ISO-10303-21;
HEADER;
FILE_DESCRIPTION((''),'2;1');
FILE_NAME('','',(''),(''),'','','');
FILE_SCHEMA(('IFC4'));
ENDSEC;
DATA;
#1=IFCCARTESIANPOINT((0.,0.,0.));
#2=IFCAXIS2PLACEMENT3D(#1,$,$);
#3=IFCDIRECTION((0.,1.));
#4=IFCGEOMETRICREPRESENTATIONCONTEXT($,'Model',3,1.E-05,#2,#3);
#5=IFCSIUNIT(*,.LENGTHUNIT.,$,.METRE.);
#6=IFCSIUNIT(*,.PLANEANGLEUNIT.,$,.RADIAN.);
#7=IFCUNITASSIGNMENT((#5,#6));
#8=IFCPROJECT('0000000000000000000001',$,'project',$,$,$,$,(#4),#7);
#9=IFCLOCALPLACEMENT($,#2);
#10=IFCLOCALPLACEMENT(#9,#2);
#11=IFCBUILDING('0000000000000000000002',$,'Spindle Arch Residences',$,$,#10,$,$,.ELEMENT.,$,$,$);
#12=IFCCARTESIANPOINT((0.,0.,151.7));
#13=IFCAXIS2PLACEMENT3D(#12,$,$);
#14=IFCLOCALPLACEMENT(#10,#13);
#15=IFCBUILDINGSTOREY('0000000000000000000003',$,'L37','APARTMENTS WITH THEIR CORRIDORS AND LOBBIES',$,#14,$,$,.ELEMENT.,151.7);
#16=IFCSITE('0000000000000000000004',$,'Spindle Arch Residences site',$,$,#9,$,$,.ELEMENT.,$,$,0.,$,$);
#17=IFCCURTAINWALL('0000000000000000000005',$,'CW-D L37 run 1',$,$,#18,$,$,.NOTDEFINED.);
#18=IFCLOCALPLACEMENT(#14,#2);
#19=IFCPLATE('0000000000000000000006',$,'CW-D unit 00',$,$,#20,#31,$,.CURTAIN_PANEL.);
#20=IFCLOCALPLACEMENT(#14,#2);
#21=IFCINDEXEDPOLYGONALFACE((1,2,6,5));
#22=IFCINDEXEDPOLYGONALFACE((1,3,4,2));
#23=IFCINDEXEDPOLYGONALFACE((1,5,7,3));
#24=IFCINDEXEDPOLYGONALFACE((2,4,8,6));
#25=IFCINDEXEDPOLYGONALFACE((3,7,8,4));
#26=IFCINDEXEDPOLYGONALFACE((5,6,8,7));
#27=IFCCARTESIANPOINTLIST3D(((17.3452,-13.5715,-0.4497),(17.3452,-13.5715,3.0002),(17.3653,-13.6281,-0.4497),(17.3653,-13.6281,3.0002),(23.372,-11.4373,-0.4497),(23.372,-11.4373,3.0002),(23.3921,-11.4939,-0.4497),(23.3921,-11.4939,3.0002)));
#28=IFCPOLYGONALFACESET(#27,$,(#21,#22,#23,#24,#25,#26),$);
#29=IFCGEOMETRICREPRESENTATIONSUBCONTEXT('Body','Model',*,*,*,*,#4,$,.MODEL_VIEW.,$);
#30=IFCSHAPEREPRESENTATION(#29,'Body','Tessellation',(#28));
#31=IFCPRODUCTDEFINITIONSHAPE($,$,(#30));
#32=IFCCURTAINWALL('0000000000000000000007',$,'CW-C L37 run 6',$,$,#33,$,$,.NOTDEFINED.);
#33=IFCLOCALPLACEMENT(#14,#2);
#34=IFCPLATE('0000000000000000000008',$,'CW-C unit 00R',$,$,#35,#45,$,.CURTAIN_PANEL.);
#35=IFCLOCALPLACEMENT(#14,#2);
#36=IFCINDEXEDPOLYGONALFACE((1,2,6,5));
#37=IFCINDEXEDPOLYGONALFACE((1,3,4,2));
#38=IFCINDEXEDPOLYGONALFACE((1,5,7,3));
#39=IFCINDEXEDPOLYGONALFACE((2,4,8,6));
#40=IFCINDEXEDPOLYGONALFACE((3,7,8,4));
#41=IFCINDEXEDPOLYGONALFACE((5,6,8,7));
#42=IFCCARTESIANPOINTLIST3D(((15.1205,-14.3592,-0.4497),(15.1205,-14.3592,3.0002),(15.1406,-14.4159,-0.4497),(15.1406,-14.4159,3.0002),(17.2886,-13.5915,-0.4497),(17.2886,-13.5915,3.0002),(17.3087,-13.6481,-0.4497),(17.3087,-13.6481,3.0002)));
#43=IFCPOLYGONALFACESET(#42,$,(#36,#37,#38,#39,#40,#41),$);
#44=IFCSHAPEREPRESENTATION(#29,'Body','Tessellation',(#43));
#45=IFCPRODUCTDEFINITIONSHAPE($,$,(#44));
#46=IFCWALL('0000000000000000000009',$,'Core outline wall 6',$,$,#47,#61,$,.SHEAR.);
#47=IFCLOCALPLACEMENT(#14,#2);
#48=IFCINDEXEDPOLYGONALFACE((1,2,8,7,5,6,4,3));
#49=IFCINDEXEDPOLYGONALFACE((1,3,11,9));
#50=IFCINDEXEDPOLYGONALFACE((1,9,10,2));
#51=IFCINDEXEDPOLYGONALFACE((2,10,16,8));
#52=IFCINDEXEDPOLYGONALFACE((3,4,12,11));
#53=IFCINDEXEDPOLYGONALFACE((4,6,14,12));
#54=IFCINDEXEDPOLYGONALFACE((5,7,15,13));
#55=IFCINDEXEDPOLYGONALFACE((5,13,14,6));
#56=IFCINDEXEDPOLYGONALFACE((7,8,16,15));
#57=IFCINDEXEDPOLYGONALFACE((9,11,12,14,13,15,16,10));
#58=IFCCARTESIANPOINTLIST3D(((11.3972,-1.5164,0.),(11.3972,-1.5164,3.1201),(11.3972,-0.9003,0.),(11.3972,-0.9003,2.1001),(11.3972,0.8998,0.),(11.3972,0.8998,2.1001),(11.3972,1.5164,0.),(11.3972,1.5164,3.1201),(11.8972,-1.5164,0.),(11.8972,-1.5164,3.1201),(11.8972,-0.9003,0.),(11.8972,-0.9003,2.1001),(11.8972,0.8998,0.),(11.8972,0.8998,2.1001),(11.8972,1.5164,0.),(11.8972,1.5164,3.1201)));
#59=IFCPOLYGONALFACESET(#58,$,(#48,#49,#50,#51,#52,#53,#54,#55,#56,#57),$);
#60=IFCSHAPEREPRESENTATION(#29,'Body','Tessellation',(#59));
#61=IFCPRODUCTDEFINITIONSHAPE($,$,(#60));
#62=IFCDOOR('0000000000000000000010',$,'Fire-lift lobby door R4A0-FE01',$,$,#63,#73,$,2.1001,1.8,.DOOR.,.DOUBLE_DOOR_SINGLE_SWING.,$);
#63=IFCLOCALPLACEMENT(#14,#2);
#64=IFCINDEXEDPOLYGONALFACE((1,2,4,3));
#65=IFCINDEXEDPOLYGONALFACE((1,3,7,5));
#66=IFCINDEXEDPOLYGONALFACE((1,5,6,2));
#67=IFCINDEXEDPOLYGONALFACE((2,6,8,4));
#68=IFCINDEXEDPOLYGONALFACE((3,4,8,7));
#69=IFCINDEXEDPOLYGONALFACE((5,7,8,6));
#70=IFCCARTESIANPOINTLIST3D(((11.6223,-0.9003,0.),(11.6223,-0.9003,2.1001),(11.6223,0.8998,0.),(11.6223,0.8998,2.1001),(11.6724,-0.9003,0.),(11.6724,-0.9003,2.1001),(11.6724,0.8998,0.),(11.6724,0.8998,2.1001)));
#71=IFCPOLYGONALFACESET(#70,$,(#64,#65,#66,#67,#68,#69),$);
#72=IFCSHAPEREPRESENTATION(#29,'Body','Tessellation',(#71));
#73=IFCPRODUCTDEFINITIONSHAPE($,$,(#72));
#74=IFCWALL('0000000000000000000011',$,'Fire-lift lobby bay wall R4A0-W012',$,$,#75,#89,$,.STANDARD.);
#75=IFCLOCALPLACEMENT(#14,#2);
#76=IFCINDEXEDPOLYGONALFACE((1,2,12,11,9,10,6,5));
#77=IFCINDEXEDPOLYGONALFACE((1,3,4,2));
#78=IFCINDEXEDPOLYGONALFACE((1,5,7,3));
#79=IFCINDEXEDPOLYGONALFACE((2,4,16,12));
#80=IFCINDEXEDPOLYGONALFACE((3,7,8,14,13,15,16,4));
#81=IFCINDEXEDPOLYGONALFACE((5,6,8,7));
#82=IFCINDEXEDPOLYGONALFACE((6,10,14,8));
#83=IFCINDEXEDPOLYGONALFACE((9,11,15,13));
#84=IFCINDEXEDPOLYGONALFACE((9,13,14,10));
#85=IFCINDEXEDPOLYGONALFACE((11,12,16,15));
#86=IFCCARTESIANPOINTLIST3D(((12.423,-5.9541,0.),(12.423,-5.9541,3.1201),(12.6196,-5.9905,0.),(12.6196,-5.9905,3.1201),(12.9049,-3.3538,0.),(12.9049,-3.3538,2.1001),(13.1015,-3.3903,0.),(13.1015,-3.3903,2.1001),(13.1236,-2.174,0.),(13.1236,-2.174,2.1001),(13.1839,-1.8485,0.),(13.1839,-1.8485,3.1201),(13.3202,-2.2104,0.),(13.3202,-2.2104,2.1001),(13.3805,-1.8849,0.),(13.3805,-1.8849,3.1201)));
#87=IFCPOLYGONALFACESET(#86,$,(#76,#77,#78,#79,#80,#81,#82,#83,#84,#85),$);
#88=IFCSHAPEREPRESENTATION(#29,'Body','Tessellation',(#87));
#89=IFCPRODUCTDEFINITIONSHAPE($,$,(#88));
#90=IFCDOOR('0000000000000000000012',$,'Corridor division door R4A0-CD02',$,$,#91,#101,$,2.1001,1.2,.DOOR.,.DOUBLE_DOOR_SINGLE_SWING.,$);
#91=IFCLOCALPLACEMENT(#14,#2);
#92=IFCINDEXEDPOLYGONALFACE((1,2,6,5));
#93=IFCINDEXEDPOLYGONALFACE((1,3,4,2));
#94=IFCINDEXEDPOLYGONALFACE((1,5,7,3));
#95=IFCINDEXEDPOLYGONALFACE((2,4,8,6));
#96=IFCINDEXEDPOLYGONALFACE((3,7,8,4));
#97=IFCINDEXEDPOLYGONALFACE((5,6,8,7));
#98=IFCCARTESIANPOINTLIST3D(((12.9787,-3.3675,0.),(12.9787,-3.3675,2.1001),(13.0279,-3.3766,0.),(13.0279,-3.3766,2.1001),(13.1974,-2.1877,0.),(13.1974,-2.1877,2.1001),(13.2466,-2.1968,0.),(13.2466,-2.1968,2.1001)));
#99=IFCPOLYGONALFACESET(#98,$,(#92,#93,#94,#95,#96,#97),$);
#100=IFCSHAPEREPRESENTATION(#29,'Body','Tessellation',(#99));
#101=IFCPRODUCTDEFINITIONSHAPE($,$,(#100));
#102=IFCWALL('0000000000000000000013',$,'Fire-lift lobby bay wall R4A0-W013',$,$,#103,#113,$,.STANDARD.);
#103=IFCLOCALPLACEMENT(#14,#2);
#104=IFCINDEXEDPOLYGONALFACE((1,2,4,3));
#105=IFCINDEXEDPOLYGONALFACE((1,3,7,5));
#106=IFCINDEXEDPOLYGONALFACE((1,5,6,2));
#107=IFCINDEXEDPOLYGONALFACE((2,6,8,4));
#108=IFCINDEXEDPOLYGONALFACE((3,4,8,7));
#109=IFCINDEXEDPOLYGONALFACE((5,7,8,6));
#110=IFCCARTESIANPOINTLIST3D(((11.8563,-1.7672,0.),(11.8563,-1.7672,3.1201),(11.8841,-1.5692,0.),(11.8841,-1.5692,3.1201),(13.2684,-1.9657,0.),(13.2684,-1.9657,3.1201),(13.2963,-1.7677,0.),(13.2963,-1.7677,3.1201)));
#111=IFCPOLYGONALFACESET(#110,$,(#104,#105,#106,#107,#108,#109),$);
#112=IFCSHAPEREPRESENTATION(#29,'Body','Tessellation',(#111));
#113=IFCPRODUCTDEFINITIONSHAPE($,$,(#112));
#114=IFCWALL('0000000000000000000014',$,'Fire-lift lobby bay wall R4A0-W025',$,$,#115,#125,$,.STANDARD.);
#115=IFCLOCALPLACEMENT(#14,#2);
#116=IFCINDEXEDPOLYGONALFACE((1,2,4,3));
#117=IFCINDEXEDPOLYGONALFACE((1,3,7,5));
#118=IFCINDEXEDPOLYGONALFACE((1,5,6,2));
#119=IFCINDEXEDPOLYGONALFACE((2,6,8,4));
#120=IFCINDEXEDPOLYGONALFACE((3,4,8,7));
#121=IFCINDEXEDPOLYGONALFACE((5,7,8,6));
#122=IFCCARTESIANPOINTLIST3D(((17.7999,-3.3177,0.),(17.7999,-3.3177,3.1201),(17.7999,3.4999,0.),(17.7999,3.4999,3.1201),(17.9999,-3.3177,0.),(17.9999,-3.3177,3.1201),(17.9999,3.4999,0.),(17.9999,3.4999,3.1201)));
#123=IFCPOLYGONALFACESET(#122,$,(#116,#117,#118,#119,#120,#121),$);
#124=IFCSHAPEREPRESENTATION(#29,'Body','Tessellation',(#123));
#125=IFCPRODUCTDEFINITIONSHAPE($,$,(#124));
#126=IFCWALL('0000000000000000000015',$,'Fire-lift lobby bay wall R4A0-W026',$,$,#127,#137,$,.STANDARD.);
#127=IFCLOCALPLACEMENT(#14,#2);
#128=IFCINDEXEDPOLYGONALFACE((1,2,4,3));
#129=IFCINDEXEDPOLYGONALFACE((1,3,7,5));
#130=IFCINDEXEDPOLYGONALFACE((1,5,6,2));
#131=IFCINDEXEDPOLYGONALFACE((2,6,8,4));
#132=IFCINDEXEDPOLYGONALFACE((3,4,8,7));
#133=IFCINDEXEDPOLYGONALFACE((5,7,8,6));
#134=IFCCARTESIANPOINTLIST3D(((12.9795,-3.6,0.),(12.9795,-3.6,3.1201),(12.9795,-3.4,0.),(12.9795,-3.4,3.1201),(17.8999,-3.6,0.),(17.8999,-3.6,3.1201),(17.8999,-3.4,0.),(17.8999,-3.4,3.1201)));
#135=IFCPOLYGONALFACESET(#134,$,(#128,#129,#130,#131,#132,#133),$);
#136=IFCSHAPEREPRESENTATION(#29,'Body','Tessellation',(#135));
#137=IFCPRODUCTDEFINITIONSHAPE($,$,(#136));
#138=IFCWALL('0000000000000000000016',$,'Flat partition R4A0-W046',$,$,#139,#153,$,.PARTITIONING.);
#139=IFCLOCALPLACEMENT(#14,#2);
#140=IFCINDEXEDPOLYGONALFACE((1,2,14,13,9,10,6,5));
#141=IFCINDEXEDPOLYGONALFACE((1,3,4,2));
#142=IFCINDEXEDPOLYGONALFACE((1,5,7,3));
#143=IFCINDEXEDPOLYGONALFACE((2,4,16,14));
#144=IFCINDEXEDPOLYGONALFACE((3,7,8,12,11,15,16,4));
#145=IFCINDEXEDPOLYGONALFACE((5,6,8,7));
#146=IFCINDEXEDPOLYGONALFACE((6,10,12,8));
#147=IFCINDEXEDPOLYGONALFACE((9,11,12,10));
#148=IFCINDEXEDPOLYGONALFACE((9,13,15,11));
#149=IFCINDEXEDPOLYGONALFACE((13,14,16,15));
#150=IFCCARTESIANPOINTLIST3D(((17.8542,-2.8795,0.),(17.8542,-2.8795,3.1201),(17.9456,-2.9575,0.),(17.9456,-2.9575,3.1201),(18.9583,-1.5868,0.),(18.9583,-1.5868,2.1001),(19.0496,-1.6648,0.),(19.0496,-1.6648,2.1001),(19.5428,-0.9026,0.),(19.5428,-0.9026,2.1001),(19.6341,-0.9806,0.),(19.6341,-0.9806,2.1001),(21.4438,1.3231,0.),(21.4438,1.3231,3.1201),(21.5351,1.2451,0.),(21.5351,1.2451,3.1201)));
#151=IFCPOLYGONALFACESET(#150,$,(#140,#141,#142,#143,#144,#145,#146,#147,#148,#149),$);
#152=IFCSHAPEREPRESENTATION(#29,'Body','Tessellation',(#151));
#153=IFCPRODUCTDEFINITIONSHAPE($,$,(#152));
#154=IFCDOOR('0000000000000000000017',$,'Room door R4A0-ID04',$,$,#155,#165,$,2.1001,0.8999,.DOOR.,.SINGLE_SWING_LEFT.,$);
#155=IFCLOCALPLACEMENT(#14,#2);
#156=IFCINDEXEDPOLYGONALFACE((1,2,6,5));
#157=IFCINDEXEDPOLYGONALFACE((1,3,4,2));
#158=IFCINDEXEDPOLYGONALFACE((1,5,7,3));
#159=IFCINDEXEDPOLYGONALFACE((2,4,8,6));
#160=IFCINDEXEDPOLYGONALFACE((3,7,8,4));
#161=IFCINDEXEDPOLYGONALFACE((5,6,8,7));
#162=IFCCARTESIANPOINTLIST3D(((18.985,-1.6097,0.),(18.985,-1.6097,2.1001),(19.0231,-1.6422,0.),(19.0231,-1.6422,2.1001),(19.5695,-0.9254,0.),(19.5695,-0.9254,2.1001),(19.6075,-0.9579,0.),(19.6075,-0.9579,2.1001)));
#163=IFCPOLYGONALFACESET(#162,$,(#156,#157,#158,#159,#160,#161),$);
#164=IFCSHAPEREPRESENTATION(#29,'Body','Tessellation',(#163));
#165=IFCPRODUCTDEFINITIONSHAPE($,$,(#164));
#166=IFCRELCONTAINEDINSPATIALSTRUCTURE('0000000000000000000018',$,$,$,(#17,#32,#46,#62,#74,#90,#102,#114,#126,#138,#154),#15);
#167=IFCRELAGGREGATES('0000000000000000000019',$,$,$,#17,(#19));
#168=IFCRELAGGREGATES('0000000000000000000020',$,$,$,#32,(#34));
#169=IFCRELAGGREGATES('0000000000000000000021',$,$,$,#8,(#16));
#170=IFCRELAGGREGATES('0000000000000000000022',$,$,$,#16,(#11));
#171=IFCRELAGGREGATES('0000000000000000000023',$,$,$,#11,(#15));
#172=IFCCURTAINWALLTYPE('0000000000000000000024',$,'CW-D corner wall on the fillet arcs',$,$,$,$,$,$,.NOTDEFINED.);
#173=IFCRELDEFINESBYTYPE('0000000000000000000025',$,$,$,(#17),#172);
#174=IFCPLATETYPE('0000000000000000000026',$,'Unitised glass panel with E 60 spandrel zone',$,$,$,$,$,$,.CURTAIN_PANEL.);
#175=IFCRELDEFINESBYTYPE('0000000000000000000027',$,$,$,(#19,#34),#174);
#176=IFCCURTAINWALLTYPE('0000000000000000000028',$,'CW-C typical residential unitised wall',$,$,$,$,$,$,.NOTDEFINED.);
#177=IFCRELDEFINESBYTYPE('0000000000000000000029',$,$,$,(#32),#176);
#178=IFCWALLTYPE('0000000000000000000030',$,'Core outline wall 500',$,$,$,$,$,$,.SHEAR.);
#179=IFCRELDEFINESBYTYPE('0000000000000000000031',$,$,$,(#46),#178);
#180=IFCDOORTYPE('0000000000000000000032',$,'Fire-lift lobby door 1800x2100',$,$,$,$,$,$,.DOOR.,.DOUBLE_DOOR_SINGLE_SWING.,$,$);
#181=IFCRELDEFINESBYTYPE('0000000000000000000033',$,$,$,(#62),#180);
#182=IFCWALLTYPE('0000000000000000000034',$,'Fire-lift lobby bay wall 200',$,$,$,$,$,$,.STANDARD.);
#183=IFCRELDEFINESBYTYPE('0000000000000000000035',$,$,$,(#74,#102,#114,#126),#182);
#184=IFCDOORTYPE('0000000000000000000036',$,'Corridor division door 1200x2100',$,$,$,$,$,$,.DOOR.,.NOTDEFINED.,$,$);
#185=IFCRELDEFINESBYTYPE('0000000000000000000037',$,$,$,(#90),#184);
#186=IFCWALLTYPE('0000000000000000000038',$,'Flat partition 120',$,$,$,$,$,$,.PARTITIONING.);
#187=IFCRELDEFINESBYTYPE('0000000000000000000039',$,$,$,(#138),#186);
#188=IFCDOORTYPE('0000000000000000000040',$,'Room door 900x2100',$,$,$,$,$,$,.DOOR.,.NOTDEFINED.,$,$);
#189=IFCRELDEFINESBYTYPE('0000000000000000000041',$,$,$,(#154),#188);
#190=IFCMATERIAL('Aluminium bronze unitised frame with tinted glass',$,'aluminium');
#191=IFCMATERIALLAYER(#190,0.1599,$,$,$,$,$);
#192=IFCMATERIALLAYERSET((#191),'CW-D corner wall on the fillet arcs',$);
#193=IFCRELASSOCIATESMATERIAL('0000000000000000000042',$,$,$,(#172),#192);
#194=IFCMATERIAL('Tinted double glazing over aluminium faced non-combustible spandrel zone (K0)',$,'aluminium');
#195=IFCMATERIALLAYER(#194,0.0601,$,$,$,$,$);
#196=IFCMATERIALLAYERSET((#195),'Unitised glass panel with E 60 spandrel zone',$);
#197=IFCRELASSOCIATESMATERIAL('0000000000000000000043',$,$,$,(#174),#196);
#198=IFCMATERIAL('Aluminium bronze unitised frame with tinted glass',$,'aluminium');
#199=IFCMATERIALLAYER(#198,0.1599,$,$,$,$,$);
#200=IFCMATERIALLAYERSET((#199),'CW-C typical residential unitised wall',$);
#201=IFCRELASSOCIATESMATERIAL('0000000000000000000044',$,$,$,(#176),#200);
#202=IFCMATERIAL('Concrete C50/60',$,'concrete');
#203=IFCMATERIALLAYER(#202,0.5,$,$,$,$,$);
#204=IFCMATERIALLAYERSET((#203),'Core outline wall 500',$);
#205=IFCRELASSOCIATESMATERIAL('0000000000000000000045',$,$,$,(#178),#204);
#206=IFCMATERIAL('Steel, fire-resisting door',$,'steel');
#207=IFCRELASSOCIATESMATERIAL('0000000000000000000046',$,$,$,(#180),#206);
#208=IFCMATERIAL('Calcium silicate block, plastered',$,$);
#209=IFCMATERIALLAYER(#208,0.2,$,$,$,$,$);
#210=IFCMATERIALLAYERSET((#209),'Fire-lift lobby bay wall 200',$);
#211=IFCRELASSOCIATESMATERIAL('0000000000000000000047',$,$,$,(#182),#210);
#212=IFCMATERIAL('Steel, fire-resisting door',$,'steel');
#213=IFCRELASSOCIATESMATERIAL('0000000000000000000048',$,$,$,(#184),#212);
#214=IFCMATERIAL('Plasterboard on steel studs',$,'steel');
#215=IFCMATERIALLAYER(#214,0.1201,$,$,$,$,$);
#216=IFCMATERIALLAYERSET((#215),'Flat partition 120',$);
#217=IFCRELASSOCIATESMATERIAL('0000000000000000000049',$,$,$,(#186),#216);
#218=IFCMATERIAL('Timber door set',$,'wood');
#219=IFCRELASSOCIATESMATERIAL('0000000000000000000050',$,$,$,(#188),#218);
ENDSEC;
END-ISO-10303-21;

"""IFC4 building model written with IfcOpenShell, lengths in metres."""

from ifc_helpers import new_model, si_unit, direction, frame, frame_2d, origin, origin_2d, place, context, subcontext, project, spatial, rectangle, extrude, material, layer, layer_set, type_object, element, fill, aggregate, save


model = new_model("IFC4")

# Units and contexts
model_context = context("Model", 3, precision=1e-05, world=origin(), true_north=direction((0.0, 1.0)))
body_context = subcontext(model_context, "Body", "Model", "MODEL_VIEW")
ifc_project = project(units=[si_unit("LENGTHUNIT", "METRE"), si_unit("PLANEANGLEUNIT", "RADIAN")], contexts=[model_context])

# Site, building, storey
site_placement = place(None, origin())
site = spatial("IfcSite", under=ifc_project, at=site_placement, Name="Spindle Arch Residences site", CompositionType="ELEMENT", RefElevation=0.0)
building_placement = place(site_placement, origin())
building = spatial("IfcBuilding", under=site, at=building_placement, Name="Spindle Arch Residences", CompositionType="ELEMENT")
storey_placement = place(building_placement, frame((0.0, 0.0, 151.7)))
storey = spatial("IfcBuildingStorey", under=building, at=storey_placement, Name="L37", Description="APARTMENTS WITH THEIR CORRIDORS AND LOBBIES", CompositionType="ELEMENT", Elevation=151.7)

# Curtain wall, plate
ifc_material_1 = material(Name="Aluminium bronze unitised frame with tinted glass", Category="aluminium")
ifc_layer_1 = layer(ifc_material_1, 0.1599)
ifc_layer_set_1 = layer_set([ifc_layer_1], Name="CW-D corner wall on the fillet arcs")
curtain_wall_type_1 = type_object("IfcCurtainWallType", Name="CW-D corner wall on the fillet arcs", PredefinedType="NOTDEFINED", material=ifc_layer_set_1)
curtain_wall_1_placement = place(storey_placement, origin())
curtain_wall_1 = element("IfcCurtainWall", 1, at=curtain_wall_1_placement, inside=storey, type_object=curtain_wall_type_1, Name="CW-D L37 run 1", PredefinedType="NOTDEFINED")
ifc_material_2 = material(Name="Tinted double glazing over aluminium faced non-combustible spandrel zone (K0)", Category="aluminium")
ifc_layer_2 = layer(ifc_material_2, 0.0601)
ifc_layer_set_2 = layer_set([ifc_layer_2], Name="Unitised glass panel with E 60 spandrel zone")
plate_type = type_object("IfcPlateType", Name="Unitised glass panel with E 60 spandrel zone", PredefinedType="CURTAIN_PANEL", material=ifc_layer_set_2)
plate_1_placement = place(storey_placement, frame((20.3687, -12.5327, -0.4497), z_axis=(0.0, 0.0, 1.0), x_axis=(0.942641, 0.333807, 0.0)))
plate_1 = element("IfcPlate", 2, at=plate_1_placement, type_object=plate_type, Name="CW-D unit 00", PredefinedType="CURTAIN_PANEL", context=body_context, shape_type="SweptSolid", body=[
    extrude(rectangle(XDim=6.3936, YDim=0.0601, at=origin_2d()), origin(), (0.0, 0.0, 1.0), 3.45),
])
aggregate(curtain_wall_1, [plate_1])

# Curtain wall, plate
ifc_material_3 = material(Name="Aluminium bronze unitised frame with tinted glass", Category="aluminium")
ifc_layer_3 = layer(ifc_material_3, 0.1599)
ifc_layer_set_3 = layer_set([ifc_layer_3], Name="CW-C typical residential unitised wall")
curtain_wall_type_2 = type_object("IfcCurtainWallType", Name="CW-C typical residential unitised wall", PredefinedType="NOTDEFINED", material=ifc_layer_set_3)
curtain_wall_2_placement = place(storey_placement, origin())
curtain_wall_2 = element("IfcCurtainWall", 3, at=curtain_wall_2_placement, inside=storey, type_object=curtain_wall_type_2, Name="CW-C L37 run 6", PredefinedType="NOTDEFINED")
plate_2_placement = place(storey_placement, frame((16.2146, -14.0037, -0.4497), z_axis=(0.0, 0.0, 1.0), x_axis=(0.942641, 0.333807, 0.0)))
plate_2 = element("IfcPlate", 4, at=plate_2_placement, type_object=plate_type, Name="CW-C unit 00R", PredefinedType="CURTAIN_PANEL", context=body_context, shape_type="SweptSolid", body=[
    extrude(rectangle(XDim=2.3, YDim=0.0601, at=origin_2d()), origin(), (0.0, 0.0, 1.0), 3.45),
])
aggregate(curtain_wall_2, [plate_2])

# Walls, openings, doors
ifc_material_4 = material(Name="Concrete C50/60", Category="concrete")
ifc_layer_4 = layer(ifc_material_4, 0.5)
ifc_layer_set_4 = layer_set([ifc_layer_4], Name="Core outline wall 500")
wall_type_1 = type_object("IfcWallType", Name="Core outline wall 500", PredefinedType="SHEAR", material=ifc_layer_set_4)
wall_1_placement = place(storey_placement, frame((11.6472, -1.5164, 0.0), z_axis=(0.0, 0.0, 1.0), x_axis=(0.0, 1.0, 0.0)))
wall_1 = element("IfcWall", 5, at=wall_1_placement, inside=storey, type_object=wall_type_1, Name="Core outline wall 6", PredefinedType="SHEAR", context=body_context, shape_type="SweptSolid", body=[
    extrude(rectangle(XDim=3.0327, YDim=0.5, at=frame_2d((1.5164, 0.0))), origin(), (0.0, 0.0, 1.0), 3.1201),
])
opening_1_placement = place(wall_1_placement, frame((0.6162, 0.0, 0.0)))
opening_1 = element("IfcOpeningElement", 6, at=opening_1_placement, cuts=wall_1, PredefinedType="OPENING", context=body_context, shape_type="SweptSolid", body=[
    extrude(rectangle(XDim=1.8, YDim=2.1001, at=frame_2d((0.8999, 1.05))), frame((0.0, 0.26, 0.0), z_axis=(0.0, -1.0, 0.0), x_axis=(1.0, 0.0, 0.0)), (0.0, 0.0, 1.0), 0.52),
])
ifc_material_5 = material(Name="Steel, fire-resisting door", Category="steel")
door_type_1 = type_object("IfcDoorType", Name="Fire-lift lobby door 1800x2100", OperationType="DOUBLE_DOOR_SINGLE_SWING", PredefinedType="DOOR", material=ifc_material_5)
door_1_placement = place(opening_1_placement, origin())
door_1 = element("IfcDoor", 7, at=door_1_placement, inside=storey, type_object=door_type_1, Name="Fire-lift lobby door R4A0-FE01", OperationType="DOUBLE_DOOR_SINGLE_SWING", OverallHeight=2.1001, OverallWidth=1.8, PredefinedType="DOOR", context=body_context, shape_type="SweptSolid", body=[
    extrude(rectangle(XDim=1.8, YDim=2.1001, at=frame_2d((0.8999, 1.05))), frame((0.0, 0.0249, 0.0), z_axis=(0.0, -1.0, 0.0), x_axis=(1.0, 0.0, 0.0)), (0.0, 0.0, 1.0), 0.05),
])
fill(opening_1, door_1)
ifc_material_6 = material(Name="Calcium silicate block, plastered")
ifc_layer_5 = layer(ifc_material_6, 0.2)
ifc_layer_set_5 = layer_set([ifc_layer_5], Name="Fire-lift lobby bay wall 200")
wall_type_2 = type_object("IfcWallType", Name="Fire-lift lobby bay wall 200", PredefinedType="STANDARD", material=ifc_layer_set_5)
wall_2_placement = place(storey_placement, frame((12.5212, -5.9724, 0.0), z_axis=(0.0, 0.0, 1.0), x_axis=(0.182244, 0.983253, 0.0)))
wall_2 = element("IfcWall", 8, at=wall_2_placement, inside=storey, type_object=wall_type_2, Name="Fire-lift lobby bay wall R4A0-W012", PredefinedType="STANDARD", context=body_context, shape_type="SweptSolid", body=[
    extrude(rectangle(XDim=4.1755, YDim=0.2, at=frame_2d((2.0879, 0.0))), origin(), (0.0, 0.0, 1.0), 3.1201),
])
opening_2_placement = place(wall_2_placement, frame((2.6445, 0.0, 0.0)))
opening_2 = element("IfcOpeningElement", 9, at=opening_2_placement, cuts=wall_2, PredefinedType="OPENING", context=body_context, shape_type="SweptSolid", body=[
    extrude(rectangle(XDim=1.2, YDim=2.1001, at=frame_2d((0.6001, 1.05))), frame((0.0, 0.1099, 0.0), z_axis=(0.0, -1.0, 0.0), x_axis=(1.0, 0.0, 0.0)), (0.0, 0.0, 1.0), 0.22),
])
ifc_material_7 = material(Name="Steel, fire-resisting door", Category="steel")
door_type_2 = type_object("IfcDoorType", Name="Corridor division door 1200x2100", OperationType="NOTDEFINED", PredefinedType="DOOR", material=ifc_material_7)
door_2_placement = place(opening_2_placement, origin())
door_2 = element("IfcDoor", 10, at=door_2_placement, inside=storey, type_object=door_type_2, Name="Corridor division door R4A0-CD02", OperationType="DOUBLE_DOOR_SINGLE_SWING", OverallHeight=2.1001, OverallWidth=1.2, PredefinedType="DOOR", context=body_context, shape_type="SweptSolid", body=[
    extrude(rectangle(XDim=1.2, YDim=2.1001, at=frame_2d((0.6001, 1.05))), frame((0.0, 0.0249, 0.0), z_axis=(0.0, -1.0, 0.0), x_axis=(1.0, 0.0, 0.0)), (0.0, 0.0, 1.0), 0.05),
])
fill(opening_2, door_2)

# Walls
wall_3_placement = place(storey_placement, frame((13.2822, -1.8667, 0.0), z_axis=(0.0, 0.0, 1.0), x_axis=(-0.990265, 0.139192, 0.0)))
element("IfcWall", 11, at=wall_3_placement, inside=storey, type_object=wall_type_2, Name="Fire-lift lobby bay wall R4A0-W013", PredefinedType="STANDARD", context=body_context, shape_type="SweptSolid", body=[
    extrude(rectangle(XDim=1.426, YDim=0.2, at=frame_2d((0.7129, 0.0))), origin(), (0.0, 0.0, 1.0), 3.1201),
])
wall_4_placement = place(storey_placement, frame((17.8999, -3.3176, 0.0), z_axis=(0.0, 0.0, 1.0), x_axis=(0.0, 1.0, 0.0)))
element("IfcWall", 12, at=wall_4_placement, inside=storey, type_object=wall_type_2, Name="Fire-lift lobby bay wall R4A0-W025", PredefinedType="STANDARD", context=body_context, shape_type="SweptSolid", body=[
    extrude(rectangle(XDim=6.8176, YDim=0.2, at=frame_2d((3.4087, 0.0))), origin(), (0.0, 0.0, 1.0), 3.1201),
])
wall_5_placement = place(storey_placement, frame((12.9795, -3.5, 0.0), z_axis=(0.0, 0.0, 1.0), x_axis=(1.0, 0.0, 0.0)))
element("IfcWall", 13, at=wall_5_placement, inside=storey, type_object=wall_type_2, Name="Fire-lift lobby bay wall R4A0-W026", PredefinedType="STANDARD", context=body_context, shape_type="SweptSolid", body=[
    extrude(rectangle(XDim=4.9204, YDim=0.2, at=frame_2d((2.4602, 0.0))), origin(), (0.0, 0.0, 1.0), 3.1201),
])

# Wall, opening, door
ifc_material_8 = material(Name="Plasterboard on steel studs", Category="steel")
ifc_layer_6 = layer(ifc_material_8, 0.1201)
ifc_layer_set_6 = layer_set([ifc_layer_6], Name="Flat partition 120")
wall_type_3 = type_object("IfcWallType", Name="Flat partition 120", PredefinedType="PARTITIONING", material=ifc_layer_set_6)
wall_6_placement = place(storey_placement, frame((17.8999, -2.9185, 0.0), z_axis=(0.0, 0.0, 1.0), x_axis=(0.64947, 0.760387, 0.0)))
wall_6 = element("IfcWall", 14, at=wall_6_placement, inside=storey, type_object=wall_type_3, Name="Flat partition R4A0-W046", PredefinedType="PARTITIONING", context=body_context, shape_type="SweptSolid", body=[
    extrude(rectangle(XDim=5.5269, YDim=0.1201, at=frame_2d((2.7634, 0.0))), origin(), (0.0, 0.0, 1.0), 3.1201),
])
opening_3_placement = place(wall_6_placement, frame((1.7, 0.0, 0.0)))
opening_3 = element("IfcOpeningElement", 15, at=opening_3_placement, cuts=wall_6, PredefinedType="OPENING", context=body_context, shape_type="SweptSolid", body=[
    extrude(rectangle(XDim=0.8999, YDim=2.1001, at=frame_2d((0.45, 1.05))), frame((0.0, 0.0701, 0.0), z_axis=(0.0, -1.0, 0.0), x_axis=(1.0, 0.0, 0.0)), (0.0, 0.0, 1.0), 0.1401),
])
ifc_material_9 = material(Name="Timber door set", Category="wood")
door_type_3 = type_object("IfcDoorType", Name="Room door 900x2100", OperationType="NOTDEFINED", PredefinedType="DOOR", material=ifc_material_9)
door_3_placement = place(opening_3_placement, origin())
door_3 = element("IfcDoor", 16, at=door_3_placement, inside=storey, type_object=door_type_3, Name="Room door R4A0-ID04", OperationType="SINGLE_SWING_LEFT", OverallHeight=2.1001, OverallWidth=0.8999, PredefinedType="DOOR", context=body_context, shape_type="SweptSolid", body=[
    extrude(rectangle(XDim=0.8999, YDim=2.1001, at=frame_2d((0.45, 1.05))), frame((0.0, 0.0249, 0.0), z_axis=(0.0, -1.0, 0.0), x_axis=(1.0, 0.0, 0.0)), (0.0, 0.0, 1.0), 0.05),
])
fill(opening_3, door_3)

save(model, "model.ifc")
